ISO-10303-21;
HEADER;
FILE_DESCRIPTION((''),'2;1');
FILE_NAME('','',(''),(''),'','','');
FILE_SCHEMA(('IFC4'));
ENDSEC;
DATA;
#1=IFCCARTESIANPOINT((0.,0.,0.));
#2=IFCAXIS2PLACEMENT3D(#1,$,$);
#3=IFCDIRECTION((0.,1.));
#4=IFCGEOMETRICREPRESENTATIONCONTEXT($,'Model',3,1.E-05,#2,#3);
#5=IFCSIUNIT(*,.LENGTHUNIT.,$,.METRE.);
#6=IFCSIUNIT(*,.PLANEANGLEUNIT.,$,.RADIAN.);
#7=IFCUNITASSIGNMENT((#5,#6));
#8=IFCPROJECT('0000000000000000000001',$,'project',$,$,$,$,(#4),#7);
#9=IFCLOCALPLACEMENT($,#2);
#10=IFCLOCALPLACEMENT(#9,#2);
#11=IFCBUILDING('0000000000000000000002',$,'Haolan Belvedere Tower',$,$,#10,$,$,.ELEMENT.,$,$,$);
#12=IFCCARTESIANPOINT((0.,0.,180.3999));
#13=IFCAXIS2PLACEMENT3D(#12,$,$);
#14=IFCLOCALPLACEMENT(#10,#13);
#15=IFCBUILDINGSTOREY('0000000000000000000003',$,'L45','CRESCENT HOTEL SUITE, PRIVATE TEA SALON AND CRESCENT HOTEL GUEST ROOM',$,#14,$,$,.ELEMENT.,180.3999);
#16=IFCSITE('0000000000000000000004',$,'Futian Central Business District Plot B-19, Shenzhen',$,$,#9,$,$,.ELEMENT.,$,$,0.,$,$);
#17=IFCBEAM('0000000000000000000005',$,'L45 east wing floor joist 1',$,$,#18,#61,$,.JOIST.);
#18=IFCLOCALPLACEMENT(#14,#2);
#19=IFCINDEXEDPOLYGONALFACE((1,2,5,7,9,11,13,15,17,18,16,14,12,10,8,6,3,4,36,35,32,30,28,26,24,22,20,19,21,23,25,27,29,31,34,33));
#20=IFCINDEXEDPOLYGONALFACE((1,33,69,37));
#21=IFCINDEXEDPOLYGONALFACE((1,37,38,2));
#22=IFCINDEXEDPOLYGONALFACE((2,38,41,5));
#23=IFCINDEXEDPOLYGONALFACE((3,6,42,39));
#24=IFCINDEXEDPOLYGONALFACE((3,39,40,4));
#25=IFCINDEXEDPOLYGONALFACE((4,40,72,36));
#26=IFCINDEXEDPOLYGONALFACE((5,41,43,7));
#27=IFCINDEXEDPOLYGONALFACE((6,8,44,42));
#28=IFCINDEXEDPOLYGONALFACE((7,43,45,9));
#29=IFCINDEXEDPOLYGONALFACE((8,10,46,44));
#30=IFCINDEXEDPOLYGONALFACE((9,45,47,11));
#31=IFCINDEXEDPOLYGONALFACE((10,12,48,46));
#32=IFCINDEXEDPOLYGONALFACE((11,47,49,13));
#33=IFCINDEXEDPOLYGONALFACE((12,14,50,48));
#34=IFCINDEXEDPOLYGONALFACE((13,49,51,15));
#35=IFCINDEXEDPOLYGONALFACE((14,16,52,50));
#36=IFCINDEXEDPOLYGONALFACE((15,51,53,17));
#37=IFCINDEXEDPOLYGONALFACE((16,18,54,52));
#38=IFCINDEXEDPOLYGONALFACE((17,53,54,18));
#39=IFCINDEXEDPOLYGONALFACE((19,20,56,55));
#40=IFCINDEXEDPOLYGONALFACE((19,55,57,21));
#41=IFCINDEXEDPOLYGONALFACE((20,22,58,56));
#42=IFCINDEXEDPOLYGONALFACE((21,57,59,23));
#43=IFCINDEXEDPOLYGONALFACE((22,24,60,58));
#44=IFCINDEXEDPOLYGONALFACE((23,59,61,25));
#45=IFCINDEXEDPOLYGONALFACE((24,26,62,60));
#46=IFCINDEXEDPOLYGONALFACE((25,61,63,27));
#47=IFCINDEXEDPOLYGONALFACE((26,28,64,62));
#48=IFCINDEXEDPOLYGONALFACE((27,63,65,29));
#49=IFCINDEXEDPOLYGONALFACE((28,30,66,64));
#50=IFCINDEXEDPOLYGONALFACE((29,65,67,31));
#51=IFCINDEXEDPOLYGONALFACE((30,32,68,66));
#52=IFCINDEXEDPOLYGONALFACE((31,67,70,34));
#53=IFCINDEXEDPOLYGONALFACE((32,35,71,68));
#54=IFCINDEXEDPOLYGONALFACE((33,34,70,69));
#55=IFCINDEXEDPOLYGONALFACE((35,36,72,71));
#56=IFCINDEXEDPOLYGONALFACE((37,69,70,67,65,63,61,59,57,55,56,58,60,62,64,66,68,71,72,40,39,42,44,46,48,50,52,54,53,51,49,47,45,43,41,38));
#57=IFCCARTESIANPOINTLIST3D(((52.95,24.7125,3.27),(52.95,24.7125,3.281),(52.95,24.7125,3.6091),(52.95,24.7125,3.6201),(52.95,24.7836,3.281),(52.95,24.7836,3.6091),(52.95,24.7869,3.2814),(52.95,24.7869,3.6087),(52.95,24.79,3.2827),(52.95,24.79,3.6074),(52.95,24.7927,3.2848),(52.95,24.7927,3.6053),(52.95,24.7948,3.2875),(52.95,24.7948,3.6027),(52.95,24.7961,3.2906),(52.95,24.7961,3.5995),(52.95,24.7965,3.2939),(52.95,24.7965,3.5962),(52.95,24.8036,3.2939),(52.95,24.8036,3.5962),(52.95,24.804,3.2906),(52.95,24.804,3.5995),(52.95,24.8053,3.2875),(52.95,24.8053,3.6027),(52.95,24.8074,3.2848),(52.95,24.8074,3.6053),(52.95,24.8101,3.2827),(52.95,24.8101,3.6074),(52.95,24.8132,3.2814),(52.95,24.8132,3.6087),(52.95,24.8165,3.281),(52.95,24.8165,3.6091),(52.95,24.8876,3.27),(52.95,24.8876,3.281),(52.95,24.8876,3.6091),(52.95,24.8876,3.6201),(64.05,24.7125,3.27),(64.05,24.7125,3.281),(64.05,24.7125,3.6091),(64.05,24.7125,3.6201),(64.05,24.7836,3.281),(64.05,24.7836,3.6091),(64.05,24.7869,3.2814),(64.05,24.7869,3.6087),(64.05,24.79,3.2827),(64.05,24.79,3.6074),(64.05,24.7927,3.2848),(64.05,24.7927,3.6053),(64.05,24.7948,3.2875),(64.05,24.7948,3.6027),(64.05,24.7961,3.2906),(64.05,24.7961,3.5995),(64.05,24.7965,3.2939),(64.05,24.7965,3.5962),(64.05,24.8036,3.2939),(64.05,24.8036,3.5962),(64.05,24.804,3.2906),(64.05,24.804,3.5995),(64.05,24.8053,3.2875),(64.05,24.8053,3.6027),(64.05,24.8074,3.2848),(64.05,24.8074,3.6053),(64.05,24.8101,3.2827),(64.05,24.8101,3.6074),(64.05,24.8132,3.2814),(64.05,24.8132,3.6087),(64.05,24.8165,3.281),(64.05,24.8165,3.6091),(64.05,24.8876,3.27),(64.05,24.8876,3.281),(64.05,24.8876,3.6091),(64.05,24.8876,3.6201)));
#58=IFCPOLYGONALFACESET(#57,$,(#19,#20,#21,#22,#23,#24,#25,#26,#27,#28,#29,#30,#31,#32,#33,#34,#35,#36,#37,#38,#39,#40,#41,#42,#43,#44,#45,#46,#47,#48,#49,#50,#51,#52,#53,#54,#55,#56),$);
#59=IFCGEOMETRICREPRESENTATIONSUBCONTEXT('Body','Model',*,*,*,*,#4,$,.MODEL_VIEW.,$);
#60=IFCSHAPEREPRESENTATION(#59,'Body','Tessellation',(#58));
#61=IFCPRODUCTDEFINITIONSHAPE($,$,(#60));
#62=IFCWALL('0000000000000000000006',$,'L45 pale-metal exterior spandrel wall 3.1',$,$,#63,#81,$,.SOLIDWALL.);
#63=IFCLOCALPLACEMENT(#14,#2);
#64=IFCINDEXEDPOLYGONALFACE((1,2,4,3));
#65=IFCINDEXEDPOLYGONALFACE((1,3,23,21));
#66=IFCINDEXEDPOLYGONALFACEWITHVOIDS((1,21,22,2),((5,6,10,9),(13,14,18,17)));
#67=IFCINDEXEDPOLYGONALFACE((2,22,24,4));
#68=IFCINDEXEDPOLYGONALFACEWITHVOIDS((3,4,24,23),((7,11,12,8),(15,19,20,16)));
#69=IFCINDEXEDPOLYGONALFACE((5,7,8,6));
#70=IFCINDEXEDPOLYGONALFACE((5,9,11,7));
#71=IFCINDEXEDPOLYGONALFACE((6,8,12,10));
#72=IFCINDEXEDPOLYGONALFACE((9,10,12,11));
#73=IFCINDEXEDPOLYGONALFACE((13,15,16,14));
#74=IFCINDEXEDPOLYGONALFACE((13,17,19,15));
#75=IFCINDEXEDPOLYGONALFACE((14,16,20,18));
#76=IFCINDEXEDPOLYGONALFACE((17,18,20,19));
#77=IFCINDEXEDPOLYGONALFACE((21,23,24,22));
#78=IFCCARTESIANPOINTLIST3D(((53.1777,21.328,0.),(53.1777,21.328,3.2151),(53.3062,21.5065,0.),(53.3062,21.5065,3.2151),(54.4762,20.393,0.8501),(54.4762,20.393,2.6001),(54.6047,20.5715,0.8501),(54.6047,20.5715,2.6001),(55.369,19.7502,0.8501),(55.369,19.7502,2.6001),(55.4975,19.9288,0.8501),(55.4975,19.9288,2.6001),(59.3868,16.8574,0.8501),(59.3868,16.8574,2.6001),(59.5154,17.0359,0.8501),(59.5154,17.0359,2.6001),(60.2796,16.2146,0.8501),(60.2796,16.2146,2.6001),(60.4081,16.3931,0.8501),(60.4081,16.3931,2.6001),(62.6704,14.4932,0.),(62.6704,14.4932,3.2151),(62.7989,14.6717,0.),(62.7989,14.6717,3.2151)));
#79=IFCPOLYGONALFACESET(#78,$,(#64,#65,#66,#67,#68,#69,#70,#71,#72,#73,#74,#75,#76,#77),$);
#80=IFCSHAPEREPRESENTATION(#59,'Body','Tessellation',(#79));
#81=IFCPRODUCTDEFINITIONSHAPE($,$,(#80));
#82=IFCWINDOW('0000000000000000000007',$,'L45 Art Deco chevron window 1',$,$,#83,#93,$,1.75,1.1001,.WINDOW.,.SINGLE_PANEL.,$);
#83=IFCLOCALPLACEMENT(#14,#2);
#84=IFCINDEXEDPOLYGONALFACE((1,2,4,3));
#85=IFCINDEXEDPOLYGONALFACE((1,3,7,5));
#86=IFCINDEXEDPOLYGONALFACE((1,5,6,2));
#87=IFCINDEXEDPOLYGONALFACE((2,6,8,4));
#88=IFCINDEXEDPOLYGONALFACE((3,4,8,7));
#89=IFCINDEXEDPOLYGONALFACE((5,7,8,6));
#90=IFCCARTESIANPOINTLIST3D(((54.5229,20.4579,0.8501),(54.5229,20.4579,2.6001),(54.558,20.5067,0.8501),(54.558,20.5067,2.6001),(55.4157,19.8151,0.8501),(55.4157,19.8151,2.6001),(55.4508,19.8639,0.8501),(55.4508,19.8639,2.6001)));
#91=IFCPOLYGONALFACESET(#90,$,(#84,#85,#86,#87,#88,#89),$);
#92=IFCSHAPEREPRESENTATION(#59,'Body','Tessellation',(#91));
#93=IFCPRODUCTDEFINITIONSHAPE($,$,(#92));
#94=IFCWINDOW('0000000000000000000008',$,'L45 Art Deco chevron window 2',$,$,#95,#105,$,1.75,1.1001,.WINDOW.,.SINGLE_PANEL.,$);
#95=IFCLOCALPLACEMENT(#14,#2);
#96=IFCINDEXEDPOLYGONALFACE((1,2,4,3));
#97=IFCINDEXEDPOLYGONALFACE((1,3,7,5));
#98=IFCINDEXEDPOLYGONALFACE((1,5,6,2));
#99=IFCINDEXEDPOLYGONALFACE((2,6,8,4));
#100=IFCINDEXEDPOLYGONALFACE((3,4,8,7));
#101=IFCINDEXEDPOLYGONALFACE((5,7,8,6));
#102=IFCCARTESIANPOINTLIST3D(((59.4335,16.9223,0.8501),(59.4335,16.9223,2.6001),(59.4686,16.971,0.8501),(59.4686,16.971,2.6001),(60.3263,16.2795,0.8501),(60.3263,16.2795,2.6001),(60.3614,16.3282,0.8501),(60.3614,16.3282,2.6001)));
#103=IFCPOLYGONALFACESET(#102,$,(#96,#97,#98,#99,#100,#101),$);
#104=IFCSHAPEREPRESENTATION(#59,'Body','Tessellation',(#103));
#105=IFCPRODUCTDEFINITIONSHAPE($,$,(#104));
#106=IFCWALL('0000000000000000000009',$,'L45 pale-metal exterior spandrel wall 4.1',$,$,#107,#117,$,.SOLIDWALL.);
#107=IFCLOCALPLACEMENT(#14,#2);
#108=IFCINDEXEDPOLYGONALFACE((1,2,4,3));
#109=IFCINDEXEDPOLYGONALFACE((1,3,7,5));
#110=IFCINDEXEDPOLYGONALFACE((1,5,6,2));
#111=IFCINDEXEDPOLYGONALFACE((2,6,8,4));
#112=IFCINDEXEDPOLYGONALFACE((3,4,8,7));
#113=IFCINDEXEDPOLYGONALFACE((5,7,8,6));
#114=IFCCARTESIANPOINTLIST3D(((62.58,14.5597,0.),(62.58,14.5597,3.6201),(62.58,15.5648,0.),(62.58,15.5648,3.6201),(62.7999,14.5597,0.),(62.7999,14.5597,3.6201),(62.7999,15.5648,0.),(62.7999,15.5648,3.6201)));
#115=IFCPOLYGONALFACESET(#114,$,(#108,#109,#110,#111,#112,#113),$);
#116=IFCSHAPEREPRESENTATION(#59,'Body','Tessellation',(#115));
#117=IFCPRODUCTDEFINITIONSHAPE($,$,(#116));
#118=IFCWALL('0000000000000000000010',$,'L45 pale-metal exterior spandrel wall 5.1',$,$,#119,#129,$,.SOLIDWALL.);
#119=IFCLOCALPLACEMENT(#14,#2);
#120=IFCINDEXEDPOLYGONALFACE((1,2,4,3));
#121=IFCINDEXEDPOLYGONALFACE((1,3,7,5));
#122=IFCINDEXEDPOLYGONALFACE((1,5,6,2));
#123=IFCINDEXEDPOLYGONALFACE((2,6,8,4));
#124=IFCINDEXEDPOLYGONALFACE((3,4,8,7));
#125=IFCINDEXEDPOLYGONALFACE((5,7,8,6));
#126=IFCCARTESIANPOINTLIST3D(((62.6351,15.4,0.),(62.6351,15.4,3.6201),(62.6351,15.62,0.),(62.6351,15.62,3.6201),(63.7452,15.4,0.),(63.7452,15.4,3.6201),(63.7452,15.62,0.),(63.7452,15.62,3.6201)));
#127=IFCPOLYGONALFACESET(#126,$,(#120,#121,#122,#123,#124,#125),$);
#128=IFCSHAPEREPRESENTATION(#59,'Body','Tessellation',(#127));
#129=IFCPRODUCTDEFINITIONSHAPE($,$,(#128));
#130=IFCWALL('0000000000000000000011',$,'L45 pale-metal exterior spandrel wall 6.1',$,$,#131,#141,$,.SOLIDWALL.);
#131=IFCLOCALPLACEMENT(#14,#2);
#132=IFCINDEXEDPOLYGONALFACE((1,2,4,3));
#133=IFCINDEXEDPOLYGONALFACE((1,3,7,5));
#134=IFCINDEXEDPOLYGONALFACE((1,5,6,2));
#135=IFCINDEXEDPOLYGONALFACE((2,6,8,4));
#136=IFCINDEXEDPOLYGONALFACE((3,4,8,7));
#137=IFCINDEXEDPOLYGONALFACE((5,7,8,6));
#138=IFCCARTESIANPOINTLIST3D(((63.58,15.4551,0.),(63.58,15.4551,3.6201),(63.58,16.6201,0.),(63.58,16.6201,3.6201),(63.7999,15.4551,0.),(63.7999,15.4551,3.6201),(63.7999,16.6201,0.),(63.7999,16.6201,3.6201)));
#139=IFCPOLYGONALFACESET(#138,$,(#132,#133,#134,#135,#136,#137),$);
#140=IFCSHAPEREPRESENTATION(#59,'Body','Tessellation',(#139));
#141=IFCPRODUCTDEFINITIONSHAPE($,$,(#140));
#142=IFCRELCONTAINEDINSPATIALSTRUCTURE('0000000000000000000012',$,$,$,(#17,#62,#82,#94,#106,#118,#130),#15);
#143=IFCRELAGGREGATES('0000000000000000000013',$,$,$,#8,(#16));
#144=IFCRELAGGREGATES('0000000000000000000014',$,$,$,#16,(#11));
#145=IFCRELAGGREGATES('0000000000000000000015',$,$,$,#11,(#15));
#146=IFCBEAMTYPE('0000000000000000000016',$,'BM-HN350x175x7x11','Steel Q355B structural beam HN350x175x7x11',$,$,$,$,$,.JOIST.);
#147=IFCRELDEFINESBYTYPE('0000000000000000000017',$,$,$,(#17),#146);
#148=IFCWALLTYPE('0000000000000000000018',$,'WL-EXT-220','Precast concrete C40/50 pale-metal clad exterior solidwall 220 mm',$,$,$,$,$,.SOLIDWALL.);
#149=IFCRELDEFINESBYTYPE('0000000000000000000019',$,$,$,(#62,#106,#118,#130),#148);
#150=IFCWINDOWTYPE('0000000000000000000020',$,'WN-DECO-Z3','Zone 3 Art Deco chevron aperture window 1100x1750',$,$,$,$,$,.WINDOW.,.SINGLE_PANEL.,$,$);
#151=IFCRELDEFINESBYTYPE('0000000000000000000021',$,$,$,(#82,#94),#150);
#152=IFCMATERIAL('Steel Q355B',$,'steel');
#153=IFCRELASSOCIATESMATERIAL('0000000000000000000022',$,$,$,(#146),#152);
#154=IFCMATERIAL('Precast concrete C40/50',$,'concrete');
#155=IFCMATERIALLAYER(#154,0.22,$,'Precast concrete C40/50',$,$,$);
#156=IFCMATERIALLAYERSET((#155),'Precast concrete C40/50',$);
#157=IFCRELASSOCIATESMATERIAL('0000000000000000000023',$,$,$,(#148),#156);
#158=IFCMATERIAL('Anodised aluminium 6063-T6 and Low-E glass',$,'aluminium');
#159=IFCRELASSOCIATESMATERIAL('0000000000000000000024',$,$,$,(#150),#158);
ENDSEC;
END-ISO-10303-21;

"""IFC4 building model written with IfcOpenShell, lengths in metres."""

from ifc_helpers import new_model, si_unit, direction, frame, frame_2d, origin, origin_2d, place, context, subcontext, project, spatial, rectangle, i_section, extrude, material, layer, layer_set, material_profile, profile_set, type_object, element, fill, save


model = new_model("IFC4")

# Units and contexts
model_context = context("Model", 3, precision=1e-05, world=origin(), true_north=direction((0.0, 1.0)))
body_context = subcontext(model_context, "Body", "Model", "MODEL_VIEW")
ifc_project = project(units=[si_unit("LENGTHUNIT", "METRE"), si_unit("PLANEANGLEUNIT", "RADIAN")], contexts=[model_context])

# Site, building, storey
site_placement = place(None, origin())
site = spatial("IfcSite", under=ifc_project, at=site_placement, Name="Futian Central Business District Plot B-19, Shenzhen", CompositionType="ELEMENT", RefElevation=0.0)
building_placement = place(site_placement, origin())
building = spatial("IfcBuilding", under=site, at=building_placement, Name="Haolan Belvedere Tower", CompositionType="ELEMENT")
storey_placement = place(building_placement, frame((0.0, 0.0, 180.3999)))
storey = spatial("IfcBuildingStorey", under=building, at=storey_placement, Name="L45", Description="CRESCENT HOTEL SUITE, PRIVATE TEA SALON AND CRESCENT HOTEL GUEST ROOM", CompositionType="ELEMENT", Elevation=180.3999)

# Beam
ifc_material_1 = material(Name="Steel Q355B", Category="steel")
ifc_material_profile_1 = material_profile(ifc_material_1, i_section(OverallWidth=0.175, OverallDepth=0.3501, WebThickness=0.0071, FlangeThickness=0.011, FilletRadius=0.0129, at=origin_2d()), Name="Steel Q355B")
ifc_profile_set_1 = profile_set([ifc_material_profile_1], Name="Steel Q355B")
beam_type_1 = type_object("IfcBeamType", Name="BM-HN350x175x7x11", Description="Steel Q355B structural beam HN350x175x7x11", PredefinedType="JOIST", material=ifc_profile_set_1)
beam_1_placement = place(storey_placement, frame((52.95, 24.8, 3.4451), z_axis=(1.0, 0.0, 0.0), x_axis=(0.0, 1.0, 0.0)))
element("IfcBeam", 1, at=beam_1_placement, inside=storey, type_object=beam_type_1, Name="L45 east wing floor joist 1", PredefinedType="JOIST", context=body_context, shape_type="SweptSolid", body=[
    extrude(i_section(OverallWidth=0.175, OverallDepth=0.3501, WebThickness=0.0071, FlangeThickness=0.011, FilletRadius=0.0129, at=origin_2d()), origin(), (0.0, 0.0, 1.0), 11.1001),
])

# Wall, openings, windows
ifc_material_2 = material(Name="Precast concrete C40/50", Category="concrete")
ifc_layer_1 = layer(ifc_material_2, 0.22, Name="Precast concrete C40/50")
ifc_layer_set_1 = layer_set([ifc_layer_1], Name="Precast concrete C40/50")
wall_type_1 = type_object("IfcWallType", Name="WL-EXT-220", Description="Precast concrete C40/50 pale-metal clad exterior solidwall 220 mm", PredefinedType="SOLIDWALL", material=ifc_layer_set_1)
wall_1_placement = place(storey_placement, frame((53.2419, 21.4172, 0.0), z_axis=(0.0, 0.0, 1.0), x_axis=(0.811535, -0.584304, 0.0)))
wall_1 = element("IfcWall", 2, at=wall_1_placement, inside=storey, type_object=wall_type_1, Name="L45 pale-metal exterior spandrel wall 3.1", PredefinedType="SOLIDWALL", context=body_context, shape_type="SweptSolid", body=[
    extrude(rectangle(XDim=11.6973, YDim=0.22, at=frame_2d((5.8486, 0.0))), origin(), (0.0, 0.0, 1.0), 3.2151),
])
opening_1_placement = place(wall_1_placement, frame((1.6001, 0.0, 0.8501)))
opening_1 = element("IfcOpeningElement", 3, at=opening_1_placement, cuts=wall_1, PredefinedType="OPENING", context=body_context, shape_type="SweptSolid", body=[
    extrude(rectangle(XDim=1.1001, YDim=1.75, at=frame_2d((0.55, 0.875))), frame((0.0, 0.1199, 0.0), z_axis=(0.0, -1.0, 0.0), x_axis=(1.0, 0.0, 0.0)), (0.0, 0.0, 1.0), 0.24),
])
opening_2_placement = place(wall_1_placement, frame((7.6511, 0.0, 0.8501)))
opening_2 = element("IfcOpeningElement", 4, at=opening_2_placement, cuts=wall_1, PredefinedType="OPENING", context=body_context, shape_type="SweptSolid", body=[
    extrude(rectangle(XDim=1.1001, YDim=1.75, at=frame_2d((0.55, 0.875))), frame((0.0, 0.1199, 0.0), z_axis=(0.0, -1.0, 0.0), x_axis=(1.0, 0.0, 0.0)), (0.0, 0.0, 1.0), 0.24),
])
ifc_material_3 = material(Name="Anodised aluminium 6063-T6 and Low-E glass", Category="aluminium")
window_type = type_object("IfcWindowType", Name="WN-DECO-Z3", Description="Zone 3 Art Deco chevron aperture window 1100x1750", PartitioningType="SINGLE_PANEL", PredefinedType="WINDOW", material=ifc_material_3)
window_1_placement = place(opening_1_placement, origin())
window_1 = element("IfcWindow", 5, at=window_1_placement, inside=storey, type_object=window_type, Name="L45 Art Deco chevron window 1", OverallHeight=1.75, OverallWidth=1.1001, PartitioningType="SINGLE_PANEL", PredefinedType="WINDOW", context=body_context, shape_type="SweptSolid", body=[
    extrude(rectangle(XDim=1.1001, YDim=1.75, at=frame_2d((0.55, 0.875))), frame((0.0, 0.03, 0.0), z_axis=(0.0, -1.0, 0.0), x_axis=(1.0, 0.0, 0.0)), (0.0, 0.0, 1.0), 0.0601),
])
fill(opening_1, window_1)
window_2_placement = place(opening_2_placement, origin())
window_2 = element("IfcWindow", 6, at=window_2_placement, inside=storey, type_object=window_type, Name="L45 Art Deco chevron window 2", OverallHeight=1.75, OverallWidth=1.1001, PartitioningType="SINGLE_PANEL", PredefinedType="WINDOW", context=body_context, shape_type="SweptSolid", body=[
    extrude(rectangle(XDim=1.1001, YDim=1.75, at=frame_2d((0.55, 0.875))), frame((0.0, 0.03, 0.0), z_axis=(0.0, -1.0, 0.0), x_axis=(1.0, 0.0, 0.0)), (0.0, 0.0, 1.0), 0.0601),
])
fill(opening_2, window_2)

# Walls
wall_2_placement = place(storey_placement, frame((62.6899, 14.5598, 0.0), z_axis=(0.0, 0.0, 1.0), x_axis=(0.0, 1.0, 0.0)))
element("IfcWall", 7, at=wall_2_placement, inside=storey, type_object=wall_type_1, Name="L45 pale-metal exterior spandrel wall 4.1", PredefinedType="SOLIDWALL", context=body_context, shape_type="SweptSolid", body=[
    extrude(rectangle(XDim=1.0051, YDim=0.22, at=frame_2d((0.5024, 0.0))), origin(), (0.0, 0.0, 1.0), 3.6201),
])
wall_3_placement = place(storey_placement, frame((62.635, 15.51, 0.0), z_axis=(0.0, 0.0, 1.0), x_axis=(1.0, 0.0, 0.0)))
element("IfcWall", 8, at=wall_3_placement, inside=storey, type_object=wall_type_1, Name="L45 pale-metal exterior spandrel wall 5.1", PredefinedType="SOLIDWALL", context=body_context, shape_type="SweptSolid", body=[
    extrude(rectangle(XDim=1.1101, YDim=0.22, at=frame_2d((0.5552, 0.0))), origin(), (0.0, 0.0, 1.0), 3.6201),
])
wall_4_placement = place(storey_placement, frame((63.6899, 15.4551, 0.0), z_axis=(0.0, 0.0, 1.0), x_axis=(0.0, 1.0, 0.0)))
element("IfcWall", 9, at=wall_4_placement, inside=storey, type_object=wall_type_1, Name="L45 pale-metal exterior spandrel wall 6.1", PredefinedType="SOLIDWALL", context=body_context, shape_type="SweptSolid", body=[
    extrude(rectangle(XDim=1.165, YDim=0.22, at=frame_2d((0.5825, 0.0))), origin(), (0.0, 0.0, 1.0), 3.6201),
])

save(model, "model.ifc")
